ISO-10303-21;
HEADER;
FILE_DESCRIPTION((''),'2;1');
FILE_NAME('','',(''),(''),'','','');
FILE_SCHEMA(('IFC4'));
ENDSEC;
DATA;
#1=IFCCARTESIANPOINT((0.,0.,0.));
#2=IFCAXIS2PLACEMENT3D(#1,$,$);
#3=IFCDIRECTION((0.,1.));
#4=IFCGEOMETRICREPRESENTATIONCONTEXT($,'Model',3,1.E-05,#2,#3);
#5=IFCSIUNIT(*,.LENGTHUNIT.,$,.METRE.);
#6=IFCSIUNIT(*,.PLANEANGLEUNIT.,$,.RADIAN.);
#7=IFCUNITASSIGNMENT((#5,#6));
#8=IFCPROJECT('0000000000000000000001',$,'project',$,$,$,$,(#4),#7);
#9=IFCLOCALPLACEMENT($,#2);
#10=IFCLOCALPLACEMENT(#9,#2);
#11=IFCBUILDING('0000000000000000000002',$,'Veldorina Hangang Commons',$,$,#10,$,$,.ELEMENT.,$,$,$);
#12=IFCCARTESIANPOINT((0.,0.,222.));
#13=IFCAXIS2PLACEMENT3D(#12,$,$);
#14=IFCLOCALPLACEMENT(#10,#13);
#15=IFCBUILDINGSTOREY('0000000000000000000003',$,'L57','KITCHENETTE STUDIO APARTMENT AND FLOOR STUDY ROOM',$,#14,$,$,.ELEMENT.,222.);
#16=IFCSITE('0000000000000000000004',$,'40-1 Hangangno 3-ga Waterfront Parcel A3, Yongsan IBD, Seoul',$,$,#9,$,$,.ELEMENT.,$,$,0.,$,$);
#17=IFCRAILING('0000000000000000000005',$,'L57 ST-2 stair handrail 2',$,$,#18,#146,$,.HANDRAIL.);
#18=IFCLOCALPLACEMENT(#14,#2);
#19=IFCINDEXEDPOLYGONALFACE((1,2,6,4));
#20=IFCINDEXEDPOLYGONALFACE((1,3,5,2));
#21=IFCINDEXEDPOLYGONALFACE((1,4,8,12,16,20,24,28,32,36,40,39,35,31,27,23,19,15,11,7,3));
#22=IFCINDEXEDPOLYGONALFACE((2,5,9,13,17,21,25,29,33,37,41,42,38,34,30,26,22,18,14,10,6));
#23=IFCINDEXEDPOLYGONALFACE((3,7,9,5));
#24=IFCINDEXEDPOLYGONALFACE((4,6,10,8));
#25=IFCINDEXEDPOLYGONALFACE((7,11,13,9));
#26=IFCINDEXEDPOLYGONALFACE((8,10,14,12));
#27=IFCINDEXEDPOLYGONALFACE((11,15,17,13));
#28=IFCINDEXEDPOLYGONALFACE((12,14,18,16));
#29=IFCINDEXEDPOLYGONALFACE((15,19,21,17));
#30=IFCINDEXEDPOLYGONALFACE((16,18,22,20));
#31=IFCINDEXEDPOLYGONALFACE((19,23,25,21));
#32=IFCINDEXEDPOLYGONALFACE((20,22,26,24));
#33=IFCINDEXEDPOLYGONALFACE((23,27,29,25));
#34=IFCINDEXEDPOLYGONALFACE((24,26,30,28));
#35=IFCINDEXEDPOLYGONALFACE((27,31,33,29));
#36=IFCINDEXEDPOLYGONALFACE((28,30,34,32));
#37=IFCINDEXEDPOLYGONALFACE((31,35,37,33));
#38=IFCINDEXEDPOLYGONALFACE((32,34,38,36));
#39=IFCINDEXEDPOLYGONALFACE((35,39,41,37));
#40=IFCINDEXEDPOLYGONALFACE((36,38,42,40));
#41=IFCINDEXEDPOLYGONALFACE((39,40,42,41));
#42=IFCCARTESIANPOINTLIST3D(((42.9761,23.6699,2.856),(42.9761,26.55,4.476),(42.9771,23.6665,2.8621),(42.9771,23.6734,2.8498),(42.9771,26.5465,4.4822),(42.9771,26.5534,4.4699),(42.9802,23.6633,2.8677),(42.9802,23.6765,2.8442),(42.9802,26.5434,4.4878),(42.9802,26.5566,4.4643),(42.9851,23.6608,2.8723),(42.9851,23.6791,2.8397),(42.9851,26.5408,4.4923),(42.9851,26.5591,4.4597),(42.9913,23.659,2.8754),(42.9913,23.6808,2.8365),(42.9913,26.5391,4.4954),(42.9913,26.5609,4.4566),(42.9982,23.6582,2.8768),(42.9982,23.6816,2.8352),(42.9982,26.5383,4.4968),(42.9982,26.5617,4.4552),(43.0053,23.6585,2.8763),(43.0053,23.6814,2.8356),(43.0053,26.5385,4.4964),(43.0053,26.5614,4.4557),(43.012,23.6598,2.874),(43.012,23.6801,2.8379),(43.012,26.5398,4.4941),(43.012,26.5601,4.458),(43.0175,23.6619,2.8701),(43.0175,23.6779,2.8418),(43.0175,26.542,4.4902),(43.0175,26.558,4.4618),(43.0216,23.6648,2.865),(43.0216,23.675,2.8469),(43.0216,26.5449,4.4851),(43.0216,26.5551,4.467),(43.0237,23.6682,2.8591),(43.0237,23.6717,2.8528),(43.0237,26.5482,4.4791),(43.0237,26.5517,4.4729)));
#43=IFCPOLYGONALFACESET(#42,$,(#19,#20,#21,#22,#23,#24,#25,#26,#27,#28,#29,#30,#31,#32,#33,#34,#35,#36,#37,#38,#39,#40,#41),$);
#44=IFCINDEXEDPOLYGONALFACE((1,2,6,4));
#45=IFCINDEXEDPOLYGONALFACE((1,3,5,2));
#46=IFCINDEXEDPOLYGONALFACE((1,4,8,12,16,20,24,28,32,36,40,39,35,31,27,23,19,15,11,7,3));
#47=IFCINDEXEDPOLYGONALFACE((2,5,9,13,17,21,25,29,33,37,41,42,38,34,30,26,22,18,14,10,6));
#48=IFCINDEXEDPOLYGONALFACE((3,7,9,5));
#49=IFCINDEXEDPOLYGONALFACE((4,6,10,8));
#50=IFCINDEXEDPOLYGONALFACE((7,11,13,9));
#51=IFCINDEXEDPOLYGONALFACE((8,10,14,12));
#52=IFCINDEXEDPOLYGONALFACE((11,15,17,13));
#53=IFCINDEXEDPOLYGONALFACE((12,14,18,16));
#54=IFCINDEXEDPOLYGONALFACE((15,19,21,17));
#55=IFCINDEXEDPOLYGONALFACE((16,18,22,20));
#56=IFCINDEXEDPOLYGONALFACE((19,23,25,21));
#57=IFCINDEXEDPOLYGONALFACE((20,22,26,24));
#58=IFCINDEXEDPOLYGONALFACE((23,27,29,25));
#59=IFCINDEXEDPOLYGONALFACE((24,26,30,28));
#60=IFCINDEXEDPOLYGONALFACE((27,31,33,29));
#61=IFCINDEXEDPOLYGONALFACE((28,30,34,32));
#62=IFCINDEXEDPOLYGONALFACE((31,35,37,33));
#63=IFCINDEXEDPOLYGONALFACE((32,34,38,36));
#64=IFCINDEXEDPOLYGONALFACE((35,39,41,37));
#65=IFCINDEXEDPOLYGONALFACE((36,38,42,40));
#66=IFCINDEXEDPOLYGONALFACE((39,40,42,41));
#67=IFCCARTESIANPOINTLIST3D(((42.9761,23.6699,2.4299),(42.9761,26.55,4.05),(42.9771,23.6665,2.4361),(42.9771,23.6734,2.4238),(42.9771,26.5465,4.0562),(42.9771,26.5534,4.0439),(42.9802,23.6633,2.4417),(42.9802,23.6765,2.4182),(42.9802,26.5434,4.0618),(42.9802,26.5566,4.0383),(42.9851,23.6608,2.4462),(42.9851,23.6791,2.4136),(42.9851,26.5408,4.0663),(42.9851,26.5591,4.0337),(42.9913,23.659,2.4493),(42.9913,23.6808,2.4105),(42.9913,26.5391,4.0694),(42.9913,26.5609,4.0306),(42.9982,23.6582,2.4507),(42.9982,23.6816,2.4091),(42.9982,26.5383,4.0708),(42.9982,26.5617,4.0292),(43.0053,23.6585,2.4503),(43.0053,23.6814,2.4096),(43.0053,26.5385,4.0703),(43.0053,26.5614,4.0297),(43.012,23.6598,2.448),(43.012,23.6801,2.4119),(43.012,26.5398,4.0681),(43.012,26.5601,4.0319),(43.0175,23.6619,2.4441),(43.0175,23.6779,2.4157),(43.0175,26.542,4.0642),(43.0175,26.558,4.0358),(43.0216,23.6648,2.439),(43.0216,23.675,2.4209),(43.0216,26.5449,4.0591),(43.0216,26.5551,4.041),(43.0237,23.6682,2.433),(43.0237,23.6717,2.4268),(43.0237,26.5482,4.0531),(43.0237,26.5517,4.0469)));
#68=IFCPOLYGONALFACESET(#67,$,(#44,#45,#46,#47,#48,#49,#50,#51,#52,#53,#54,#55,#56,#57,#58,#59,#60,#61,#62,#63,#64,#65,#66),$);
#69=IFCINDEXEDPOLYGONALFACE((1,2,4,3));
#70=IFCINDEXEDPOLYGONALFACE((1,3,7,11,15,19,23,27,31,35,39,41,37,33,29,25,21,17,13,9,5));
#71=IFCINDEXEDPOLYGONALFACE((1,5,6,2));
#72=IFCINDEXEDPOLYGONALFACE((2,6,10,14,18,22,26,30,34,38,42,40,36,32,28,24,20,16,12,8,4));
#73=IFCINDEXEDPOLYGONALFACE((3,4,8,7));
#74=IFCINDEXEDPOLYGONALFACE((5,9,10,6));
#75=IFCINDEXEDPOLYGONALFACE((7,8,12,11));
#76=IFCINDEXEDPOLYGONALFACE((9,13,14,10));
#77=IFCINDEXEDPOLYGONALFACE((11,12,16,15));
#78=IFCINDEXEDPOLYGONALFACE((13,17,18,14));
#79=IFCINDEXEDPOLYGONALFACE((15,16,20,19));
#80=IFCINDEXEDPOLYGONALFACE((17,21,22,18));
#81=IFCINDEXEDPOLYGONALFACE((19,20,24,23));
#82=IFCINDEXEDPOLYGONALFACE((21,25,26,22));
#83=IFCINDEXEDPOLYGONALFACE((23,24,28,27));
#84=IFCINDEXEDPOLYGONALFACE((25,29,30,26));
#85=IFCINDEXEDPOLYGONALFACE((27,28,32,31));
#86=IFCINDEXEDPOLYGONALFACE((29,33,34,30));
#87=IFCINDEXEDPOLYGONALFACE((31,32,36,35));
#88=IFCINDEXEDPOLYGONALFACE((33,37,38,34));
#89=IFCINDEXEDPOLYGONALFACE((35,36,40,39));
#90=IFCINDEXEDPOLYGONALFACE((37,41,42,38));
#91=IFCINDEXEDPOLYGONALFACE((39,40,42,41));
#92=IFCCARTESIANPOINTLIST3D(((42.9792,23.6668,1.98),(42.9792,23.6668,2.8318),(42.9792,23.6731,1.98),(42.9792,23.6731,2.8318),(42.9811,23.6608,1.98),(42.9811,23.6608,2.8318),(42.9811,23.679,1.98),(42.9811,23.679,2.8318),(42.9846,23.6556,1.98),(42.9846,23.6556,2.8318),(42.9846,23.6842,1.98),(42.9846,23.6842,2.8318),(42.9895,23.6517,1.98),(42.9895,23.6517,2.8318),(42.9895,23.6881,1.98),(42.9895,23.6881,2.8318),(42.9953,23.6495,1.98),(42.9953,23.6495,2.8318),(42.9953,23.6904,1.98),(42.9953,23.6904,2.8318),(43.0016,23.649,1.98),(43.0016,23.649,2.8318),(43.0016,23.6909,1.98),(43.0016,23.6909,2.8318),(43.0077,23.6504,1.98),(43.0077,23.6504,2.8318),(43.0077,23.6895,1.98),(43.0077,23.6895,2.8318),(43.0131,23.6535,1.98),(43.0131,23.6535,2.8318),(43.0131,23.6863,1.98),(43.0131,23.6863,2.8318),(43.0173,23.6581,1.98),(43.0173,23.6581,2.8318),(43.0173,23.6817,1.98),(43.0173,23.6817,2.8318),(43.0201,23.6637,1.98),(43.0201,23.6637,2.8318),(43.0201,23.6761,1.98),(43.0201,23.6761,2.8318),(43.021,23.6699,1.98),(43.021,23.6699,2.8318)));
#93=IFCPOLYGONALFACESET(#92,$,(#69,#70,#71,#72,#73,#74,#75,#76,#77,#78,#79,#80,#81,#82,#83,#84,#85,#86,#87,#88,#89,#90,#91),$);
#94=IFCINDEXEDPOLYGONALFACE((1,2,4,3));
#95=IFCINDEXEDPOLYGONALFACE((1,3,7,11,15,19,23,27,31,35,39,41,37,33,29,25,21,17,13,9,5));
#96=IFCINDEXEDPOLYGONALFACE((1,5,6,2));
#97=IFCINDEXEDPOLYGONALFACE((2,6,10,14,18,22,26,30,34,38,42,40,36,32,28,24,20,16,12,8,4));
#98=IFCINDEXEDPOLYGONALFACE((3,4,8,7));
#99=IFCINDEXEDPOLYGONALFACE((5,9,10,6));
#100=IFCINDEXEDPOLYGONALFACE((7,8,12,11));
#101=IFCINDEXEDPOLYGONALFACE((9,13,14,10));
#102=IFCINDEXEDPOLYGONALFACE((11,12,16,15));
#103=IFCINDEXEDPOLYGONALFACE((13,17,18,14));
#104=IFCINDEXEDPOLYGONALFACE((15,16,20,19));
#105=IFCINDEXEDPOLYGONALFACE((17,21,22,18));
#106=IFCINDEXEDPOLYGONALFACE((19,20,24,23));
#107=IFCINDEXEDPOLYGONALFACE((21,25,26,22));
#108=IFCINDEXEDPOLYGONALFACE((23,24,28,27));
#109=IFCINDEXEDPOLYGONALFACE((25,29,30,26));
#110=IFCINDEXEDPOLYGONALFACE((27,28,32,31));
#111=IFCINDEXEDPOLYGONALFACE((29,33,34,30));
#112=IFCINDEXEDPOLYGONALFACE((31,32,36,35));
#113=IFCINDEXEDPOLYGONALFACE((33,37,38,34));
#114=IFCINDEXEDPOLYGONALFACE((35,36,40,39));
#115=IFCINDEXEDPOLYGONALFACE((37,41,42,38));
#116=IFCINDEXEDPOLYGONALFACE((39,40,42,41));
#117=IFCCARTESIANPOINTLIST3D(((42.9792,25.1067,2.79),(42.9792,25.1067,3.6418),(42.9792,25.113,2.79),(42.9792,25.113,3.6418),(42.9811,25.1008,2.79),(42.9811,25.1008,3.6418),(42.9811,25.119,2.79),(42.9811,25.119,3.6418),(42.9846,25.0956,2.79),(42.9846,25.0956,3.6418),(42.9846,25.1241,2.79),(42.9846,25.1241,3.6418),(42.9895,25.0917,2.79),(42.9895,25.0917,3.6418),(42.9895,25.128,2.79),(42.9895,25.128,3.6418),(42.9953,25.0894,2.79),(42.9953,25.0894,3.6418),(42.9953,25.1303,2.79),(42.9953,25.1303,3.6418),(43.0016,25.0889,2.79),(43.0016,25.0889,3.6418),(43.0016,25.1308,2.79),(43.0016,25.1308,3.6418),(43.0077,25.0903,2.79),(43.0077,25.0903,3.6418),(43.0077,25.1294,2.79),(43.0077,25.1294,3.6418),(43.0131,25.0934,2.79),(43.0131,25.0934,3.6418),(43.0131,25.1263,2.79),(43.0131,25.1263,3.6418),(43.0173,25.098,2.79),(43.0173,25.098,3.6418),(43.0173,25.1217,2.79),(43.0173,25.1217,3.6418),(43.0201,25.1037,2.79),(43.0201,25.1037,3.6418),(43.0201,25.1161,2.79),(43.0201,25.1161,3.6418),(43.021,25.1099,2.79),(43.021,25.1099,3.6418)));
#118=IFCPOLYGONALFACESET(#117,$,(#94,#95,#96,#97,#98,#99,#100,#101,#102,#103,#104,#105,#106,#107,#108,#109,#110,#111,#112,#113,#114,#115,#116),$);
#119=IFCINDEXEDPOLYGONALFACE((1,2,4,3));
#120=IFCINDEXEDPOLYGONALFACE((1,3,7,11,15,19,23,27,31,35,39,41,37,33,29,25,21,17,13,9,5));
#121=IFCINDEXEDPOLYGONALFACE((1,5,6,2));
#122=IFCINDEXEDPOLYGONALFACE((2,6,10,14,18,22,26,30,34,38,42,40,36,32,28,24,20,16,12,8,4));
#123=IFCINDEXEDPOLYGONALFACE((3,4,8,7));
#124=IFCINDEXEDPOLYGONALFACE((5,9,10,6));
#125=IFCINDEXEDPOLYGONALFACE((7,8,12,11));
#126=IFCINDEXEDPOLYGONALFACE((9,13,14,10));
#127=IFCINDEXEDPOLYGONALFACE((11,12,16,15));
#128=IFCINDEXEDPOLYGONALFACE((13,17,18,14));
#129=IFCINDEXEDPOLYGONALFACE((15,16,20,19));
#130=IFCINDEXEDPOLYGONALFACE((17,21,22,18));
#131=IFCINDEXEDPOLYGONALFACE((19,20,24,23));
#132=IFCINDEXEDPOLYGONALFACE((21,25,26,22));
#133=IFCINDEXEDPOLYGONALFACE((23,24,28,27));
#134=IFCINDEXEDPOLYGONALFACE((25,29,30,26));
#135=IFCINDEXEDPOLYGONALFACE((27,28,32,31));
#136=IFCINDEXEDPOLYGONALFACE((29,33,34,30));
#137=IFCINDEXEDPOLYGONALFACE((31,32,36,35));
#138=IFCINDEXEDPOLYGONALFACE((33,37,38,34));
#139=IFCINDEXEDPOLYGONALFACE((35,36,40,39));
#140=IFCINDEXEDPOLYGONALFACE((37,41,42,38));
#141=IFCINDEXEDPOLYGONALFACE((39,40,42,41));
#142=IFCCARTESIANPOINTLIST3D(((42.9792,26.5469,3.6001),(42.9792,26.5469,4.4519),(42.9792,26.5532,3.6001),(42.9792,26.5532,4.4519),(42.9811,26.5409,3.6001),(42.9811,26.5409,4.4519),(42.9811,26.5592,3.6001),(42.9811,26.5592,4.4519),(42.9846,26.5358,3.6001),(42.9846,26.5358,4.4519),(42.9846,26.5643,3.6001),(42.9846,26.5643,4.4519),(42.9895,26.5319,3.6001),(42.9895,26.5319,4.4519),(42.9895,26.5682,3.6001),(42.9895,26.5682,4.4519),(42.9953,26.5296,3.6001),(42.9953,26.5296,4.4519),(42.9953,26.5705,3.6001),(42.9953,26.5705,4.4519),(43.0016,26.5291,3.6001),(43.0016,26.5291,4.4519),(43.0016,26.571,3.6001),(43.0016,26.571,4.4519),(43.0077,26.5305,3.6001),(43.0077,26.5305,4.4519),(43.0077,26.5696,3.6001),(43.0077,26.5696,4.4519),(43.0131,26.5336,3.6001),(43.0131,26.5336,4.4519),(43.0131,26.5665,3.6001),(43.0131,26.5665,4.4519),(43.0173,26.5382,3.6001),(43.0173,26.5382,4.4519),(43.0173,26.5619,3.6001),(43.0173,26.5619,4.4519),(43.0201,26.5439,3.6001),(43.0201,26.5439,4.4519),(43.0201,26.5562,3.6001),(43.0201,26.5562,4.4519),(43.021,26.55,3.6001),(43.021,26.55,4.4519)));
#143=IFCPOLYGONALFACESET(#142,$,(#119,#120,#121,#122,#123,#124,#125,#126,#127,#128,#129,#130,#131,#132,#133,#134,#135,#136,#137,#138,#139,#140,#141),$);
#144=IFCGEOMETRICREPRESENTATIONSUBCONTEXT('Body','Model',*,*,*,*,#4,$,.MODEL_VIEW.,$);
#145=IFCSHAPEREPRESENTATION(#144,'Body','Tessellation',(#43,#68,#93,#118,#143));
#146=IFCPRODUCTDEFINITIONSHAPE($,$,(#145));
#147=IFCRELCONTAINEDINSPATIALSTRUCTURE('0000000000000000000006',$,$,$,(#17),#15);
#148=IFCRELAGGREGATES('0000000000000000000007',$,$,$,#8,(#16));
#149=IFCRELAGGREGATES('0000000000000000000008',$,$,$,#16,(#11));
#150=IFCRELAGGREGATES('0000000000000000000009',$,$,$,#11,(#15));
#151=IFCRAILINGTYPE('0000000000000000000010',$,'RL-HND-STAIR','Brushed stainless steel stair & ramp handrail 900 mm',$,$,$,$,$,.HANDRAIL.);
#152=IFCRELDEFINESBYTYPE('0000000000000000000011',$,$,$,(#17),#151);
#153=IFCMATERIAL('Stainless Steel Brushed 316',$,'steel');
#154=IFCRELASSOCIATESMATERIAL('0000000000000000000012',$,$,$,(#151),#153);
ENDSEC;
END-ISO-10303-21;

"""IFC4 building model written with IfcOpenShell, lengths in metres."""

from ifc_helpers import new_model, si_unit, direction, frame, origin, origin_2d, place, context, subcontext, project, spatial, circle, extrude, material, type_object, element, save


model = new_model("IFC4")

# Units and contexts
model_context = context("Model", 3, precision=1e-05, world=origin(), true_north=direction((0.0, 1.0)))
body_context = subcontext(model_context, "Body", "Model", "MODEL_VIEW")
ifc_project = project(units=[si_unit("LENGTHUNIT", "METRE"), si_unit("PLANEANGLEUNIT", "RADIAN")], contexts=[model_context])

# Site, building, storey
site_placement = place(None, origin())
site = spatial("IfcSite", under=ifc_project, at=site_placement, Name="40-1 Hangangno 3-ga Waterfront Parcel A3, Yongsan IBD, Seoul", CompositionType="ELEMENT", RefElevation=0.0)
building_placement = place(site_placement, origin())
building = spatial("IfcBuilding", under=site, at=building_placement, Name="Veldorina Hangang Commons", CompositionType="ELEMENT")
storey_placement = place(building_placement, frame((0.0, 0.0, 222.0)))
storey = spatial("IfcBuildingStorey", under=building, at=storey_placement, Name="L57", Description="KITCHENETTE STUDIO APARTMENT AND FLOOR STUDY ROOM", CompositionType="ELEMENT", Elevation=222.0)

# Railing
ifc_material_1 = material(Name="Stainless Steel Brushed 316", Category="steel")
railing_type_1 = type_object("IfcRailingType", Name="RL-HND-STAIR", Description="Brushed stainless steel stair & ramp handrail 900 mm", PredefinedType="HANDRAIL", material=ifc_material_1)
railing_1_placement = place(storey_placement, frame((43.0, 23.6699, 1.98)))
element("IfcRailing", 1, at=railing_1_placement, inside=storey, type_object=railing_type_1, Name="L57 ST-2 stair handrail 2", PredefinedType="HANDRAIL", context=body_context, shape_type="SweptSolid", body=[
    extrude(circle(Radius=0.0239, at=origin_2d()), frame((0.0, 0.0, 0.876), z_axis=(0.0, 0.87157, 0.490272), x_axis=(-1.0, 0.0, 0.0)), (0.0, 0.0, 1.0), 3.3044),
    extrude(circle(Radius=0.0239, at=origin_2d()), frame((0.0, 0.0, 0.45), z_axis=(0.0, 0.87157, 0.490272), x_axis=(-1.0, 0.0, 0.0)), (0.0, 0.0, 1.0), 3.3044),
    extrude(circle(Radius=0.021, at=origin_2d()), origin(), (0.0, 0.0, 1.0), 0.8518),
    extrude(circle(Radius=0.021, at=origin_2d()), frame((0.0, 1.4399, 0.8101)), (0.0, 0.0, 1.0), 0.8518),
    extrude(circle(Radius=0.021, at=origin_2d()), frame((0.0, 2.8801, 1.6201)), (0.0, 0.0, 1.0), 0.8518),
])

save(model, "model.ifc")
